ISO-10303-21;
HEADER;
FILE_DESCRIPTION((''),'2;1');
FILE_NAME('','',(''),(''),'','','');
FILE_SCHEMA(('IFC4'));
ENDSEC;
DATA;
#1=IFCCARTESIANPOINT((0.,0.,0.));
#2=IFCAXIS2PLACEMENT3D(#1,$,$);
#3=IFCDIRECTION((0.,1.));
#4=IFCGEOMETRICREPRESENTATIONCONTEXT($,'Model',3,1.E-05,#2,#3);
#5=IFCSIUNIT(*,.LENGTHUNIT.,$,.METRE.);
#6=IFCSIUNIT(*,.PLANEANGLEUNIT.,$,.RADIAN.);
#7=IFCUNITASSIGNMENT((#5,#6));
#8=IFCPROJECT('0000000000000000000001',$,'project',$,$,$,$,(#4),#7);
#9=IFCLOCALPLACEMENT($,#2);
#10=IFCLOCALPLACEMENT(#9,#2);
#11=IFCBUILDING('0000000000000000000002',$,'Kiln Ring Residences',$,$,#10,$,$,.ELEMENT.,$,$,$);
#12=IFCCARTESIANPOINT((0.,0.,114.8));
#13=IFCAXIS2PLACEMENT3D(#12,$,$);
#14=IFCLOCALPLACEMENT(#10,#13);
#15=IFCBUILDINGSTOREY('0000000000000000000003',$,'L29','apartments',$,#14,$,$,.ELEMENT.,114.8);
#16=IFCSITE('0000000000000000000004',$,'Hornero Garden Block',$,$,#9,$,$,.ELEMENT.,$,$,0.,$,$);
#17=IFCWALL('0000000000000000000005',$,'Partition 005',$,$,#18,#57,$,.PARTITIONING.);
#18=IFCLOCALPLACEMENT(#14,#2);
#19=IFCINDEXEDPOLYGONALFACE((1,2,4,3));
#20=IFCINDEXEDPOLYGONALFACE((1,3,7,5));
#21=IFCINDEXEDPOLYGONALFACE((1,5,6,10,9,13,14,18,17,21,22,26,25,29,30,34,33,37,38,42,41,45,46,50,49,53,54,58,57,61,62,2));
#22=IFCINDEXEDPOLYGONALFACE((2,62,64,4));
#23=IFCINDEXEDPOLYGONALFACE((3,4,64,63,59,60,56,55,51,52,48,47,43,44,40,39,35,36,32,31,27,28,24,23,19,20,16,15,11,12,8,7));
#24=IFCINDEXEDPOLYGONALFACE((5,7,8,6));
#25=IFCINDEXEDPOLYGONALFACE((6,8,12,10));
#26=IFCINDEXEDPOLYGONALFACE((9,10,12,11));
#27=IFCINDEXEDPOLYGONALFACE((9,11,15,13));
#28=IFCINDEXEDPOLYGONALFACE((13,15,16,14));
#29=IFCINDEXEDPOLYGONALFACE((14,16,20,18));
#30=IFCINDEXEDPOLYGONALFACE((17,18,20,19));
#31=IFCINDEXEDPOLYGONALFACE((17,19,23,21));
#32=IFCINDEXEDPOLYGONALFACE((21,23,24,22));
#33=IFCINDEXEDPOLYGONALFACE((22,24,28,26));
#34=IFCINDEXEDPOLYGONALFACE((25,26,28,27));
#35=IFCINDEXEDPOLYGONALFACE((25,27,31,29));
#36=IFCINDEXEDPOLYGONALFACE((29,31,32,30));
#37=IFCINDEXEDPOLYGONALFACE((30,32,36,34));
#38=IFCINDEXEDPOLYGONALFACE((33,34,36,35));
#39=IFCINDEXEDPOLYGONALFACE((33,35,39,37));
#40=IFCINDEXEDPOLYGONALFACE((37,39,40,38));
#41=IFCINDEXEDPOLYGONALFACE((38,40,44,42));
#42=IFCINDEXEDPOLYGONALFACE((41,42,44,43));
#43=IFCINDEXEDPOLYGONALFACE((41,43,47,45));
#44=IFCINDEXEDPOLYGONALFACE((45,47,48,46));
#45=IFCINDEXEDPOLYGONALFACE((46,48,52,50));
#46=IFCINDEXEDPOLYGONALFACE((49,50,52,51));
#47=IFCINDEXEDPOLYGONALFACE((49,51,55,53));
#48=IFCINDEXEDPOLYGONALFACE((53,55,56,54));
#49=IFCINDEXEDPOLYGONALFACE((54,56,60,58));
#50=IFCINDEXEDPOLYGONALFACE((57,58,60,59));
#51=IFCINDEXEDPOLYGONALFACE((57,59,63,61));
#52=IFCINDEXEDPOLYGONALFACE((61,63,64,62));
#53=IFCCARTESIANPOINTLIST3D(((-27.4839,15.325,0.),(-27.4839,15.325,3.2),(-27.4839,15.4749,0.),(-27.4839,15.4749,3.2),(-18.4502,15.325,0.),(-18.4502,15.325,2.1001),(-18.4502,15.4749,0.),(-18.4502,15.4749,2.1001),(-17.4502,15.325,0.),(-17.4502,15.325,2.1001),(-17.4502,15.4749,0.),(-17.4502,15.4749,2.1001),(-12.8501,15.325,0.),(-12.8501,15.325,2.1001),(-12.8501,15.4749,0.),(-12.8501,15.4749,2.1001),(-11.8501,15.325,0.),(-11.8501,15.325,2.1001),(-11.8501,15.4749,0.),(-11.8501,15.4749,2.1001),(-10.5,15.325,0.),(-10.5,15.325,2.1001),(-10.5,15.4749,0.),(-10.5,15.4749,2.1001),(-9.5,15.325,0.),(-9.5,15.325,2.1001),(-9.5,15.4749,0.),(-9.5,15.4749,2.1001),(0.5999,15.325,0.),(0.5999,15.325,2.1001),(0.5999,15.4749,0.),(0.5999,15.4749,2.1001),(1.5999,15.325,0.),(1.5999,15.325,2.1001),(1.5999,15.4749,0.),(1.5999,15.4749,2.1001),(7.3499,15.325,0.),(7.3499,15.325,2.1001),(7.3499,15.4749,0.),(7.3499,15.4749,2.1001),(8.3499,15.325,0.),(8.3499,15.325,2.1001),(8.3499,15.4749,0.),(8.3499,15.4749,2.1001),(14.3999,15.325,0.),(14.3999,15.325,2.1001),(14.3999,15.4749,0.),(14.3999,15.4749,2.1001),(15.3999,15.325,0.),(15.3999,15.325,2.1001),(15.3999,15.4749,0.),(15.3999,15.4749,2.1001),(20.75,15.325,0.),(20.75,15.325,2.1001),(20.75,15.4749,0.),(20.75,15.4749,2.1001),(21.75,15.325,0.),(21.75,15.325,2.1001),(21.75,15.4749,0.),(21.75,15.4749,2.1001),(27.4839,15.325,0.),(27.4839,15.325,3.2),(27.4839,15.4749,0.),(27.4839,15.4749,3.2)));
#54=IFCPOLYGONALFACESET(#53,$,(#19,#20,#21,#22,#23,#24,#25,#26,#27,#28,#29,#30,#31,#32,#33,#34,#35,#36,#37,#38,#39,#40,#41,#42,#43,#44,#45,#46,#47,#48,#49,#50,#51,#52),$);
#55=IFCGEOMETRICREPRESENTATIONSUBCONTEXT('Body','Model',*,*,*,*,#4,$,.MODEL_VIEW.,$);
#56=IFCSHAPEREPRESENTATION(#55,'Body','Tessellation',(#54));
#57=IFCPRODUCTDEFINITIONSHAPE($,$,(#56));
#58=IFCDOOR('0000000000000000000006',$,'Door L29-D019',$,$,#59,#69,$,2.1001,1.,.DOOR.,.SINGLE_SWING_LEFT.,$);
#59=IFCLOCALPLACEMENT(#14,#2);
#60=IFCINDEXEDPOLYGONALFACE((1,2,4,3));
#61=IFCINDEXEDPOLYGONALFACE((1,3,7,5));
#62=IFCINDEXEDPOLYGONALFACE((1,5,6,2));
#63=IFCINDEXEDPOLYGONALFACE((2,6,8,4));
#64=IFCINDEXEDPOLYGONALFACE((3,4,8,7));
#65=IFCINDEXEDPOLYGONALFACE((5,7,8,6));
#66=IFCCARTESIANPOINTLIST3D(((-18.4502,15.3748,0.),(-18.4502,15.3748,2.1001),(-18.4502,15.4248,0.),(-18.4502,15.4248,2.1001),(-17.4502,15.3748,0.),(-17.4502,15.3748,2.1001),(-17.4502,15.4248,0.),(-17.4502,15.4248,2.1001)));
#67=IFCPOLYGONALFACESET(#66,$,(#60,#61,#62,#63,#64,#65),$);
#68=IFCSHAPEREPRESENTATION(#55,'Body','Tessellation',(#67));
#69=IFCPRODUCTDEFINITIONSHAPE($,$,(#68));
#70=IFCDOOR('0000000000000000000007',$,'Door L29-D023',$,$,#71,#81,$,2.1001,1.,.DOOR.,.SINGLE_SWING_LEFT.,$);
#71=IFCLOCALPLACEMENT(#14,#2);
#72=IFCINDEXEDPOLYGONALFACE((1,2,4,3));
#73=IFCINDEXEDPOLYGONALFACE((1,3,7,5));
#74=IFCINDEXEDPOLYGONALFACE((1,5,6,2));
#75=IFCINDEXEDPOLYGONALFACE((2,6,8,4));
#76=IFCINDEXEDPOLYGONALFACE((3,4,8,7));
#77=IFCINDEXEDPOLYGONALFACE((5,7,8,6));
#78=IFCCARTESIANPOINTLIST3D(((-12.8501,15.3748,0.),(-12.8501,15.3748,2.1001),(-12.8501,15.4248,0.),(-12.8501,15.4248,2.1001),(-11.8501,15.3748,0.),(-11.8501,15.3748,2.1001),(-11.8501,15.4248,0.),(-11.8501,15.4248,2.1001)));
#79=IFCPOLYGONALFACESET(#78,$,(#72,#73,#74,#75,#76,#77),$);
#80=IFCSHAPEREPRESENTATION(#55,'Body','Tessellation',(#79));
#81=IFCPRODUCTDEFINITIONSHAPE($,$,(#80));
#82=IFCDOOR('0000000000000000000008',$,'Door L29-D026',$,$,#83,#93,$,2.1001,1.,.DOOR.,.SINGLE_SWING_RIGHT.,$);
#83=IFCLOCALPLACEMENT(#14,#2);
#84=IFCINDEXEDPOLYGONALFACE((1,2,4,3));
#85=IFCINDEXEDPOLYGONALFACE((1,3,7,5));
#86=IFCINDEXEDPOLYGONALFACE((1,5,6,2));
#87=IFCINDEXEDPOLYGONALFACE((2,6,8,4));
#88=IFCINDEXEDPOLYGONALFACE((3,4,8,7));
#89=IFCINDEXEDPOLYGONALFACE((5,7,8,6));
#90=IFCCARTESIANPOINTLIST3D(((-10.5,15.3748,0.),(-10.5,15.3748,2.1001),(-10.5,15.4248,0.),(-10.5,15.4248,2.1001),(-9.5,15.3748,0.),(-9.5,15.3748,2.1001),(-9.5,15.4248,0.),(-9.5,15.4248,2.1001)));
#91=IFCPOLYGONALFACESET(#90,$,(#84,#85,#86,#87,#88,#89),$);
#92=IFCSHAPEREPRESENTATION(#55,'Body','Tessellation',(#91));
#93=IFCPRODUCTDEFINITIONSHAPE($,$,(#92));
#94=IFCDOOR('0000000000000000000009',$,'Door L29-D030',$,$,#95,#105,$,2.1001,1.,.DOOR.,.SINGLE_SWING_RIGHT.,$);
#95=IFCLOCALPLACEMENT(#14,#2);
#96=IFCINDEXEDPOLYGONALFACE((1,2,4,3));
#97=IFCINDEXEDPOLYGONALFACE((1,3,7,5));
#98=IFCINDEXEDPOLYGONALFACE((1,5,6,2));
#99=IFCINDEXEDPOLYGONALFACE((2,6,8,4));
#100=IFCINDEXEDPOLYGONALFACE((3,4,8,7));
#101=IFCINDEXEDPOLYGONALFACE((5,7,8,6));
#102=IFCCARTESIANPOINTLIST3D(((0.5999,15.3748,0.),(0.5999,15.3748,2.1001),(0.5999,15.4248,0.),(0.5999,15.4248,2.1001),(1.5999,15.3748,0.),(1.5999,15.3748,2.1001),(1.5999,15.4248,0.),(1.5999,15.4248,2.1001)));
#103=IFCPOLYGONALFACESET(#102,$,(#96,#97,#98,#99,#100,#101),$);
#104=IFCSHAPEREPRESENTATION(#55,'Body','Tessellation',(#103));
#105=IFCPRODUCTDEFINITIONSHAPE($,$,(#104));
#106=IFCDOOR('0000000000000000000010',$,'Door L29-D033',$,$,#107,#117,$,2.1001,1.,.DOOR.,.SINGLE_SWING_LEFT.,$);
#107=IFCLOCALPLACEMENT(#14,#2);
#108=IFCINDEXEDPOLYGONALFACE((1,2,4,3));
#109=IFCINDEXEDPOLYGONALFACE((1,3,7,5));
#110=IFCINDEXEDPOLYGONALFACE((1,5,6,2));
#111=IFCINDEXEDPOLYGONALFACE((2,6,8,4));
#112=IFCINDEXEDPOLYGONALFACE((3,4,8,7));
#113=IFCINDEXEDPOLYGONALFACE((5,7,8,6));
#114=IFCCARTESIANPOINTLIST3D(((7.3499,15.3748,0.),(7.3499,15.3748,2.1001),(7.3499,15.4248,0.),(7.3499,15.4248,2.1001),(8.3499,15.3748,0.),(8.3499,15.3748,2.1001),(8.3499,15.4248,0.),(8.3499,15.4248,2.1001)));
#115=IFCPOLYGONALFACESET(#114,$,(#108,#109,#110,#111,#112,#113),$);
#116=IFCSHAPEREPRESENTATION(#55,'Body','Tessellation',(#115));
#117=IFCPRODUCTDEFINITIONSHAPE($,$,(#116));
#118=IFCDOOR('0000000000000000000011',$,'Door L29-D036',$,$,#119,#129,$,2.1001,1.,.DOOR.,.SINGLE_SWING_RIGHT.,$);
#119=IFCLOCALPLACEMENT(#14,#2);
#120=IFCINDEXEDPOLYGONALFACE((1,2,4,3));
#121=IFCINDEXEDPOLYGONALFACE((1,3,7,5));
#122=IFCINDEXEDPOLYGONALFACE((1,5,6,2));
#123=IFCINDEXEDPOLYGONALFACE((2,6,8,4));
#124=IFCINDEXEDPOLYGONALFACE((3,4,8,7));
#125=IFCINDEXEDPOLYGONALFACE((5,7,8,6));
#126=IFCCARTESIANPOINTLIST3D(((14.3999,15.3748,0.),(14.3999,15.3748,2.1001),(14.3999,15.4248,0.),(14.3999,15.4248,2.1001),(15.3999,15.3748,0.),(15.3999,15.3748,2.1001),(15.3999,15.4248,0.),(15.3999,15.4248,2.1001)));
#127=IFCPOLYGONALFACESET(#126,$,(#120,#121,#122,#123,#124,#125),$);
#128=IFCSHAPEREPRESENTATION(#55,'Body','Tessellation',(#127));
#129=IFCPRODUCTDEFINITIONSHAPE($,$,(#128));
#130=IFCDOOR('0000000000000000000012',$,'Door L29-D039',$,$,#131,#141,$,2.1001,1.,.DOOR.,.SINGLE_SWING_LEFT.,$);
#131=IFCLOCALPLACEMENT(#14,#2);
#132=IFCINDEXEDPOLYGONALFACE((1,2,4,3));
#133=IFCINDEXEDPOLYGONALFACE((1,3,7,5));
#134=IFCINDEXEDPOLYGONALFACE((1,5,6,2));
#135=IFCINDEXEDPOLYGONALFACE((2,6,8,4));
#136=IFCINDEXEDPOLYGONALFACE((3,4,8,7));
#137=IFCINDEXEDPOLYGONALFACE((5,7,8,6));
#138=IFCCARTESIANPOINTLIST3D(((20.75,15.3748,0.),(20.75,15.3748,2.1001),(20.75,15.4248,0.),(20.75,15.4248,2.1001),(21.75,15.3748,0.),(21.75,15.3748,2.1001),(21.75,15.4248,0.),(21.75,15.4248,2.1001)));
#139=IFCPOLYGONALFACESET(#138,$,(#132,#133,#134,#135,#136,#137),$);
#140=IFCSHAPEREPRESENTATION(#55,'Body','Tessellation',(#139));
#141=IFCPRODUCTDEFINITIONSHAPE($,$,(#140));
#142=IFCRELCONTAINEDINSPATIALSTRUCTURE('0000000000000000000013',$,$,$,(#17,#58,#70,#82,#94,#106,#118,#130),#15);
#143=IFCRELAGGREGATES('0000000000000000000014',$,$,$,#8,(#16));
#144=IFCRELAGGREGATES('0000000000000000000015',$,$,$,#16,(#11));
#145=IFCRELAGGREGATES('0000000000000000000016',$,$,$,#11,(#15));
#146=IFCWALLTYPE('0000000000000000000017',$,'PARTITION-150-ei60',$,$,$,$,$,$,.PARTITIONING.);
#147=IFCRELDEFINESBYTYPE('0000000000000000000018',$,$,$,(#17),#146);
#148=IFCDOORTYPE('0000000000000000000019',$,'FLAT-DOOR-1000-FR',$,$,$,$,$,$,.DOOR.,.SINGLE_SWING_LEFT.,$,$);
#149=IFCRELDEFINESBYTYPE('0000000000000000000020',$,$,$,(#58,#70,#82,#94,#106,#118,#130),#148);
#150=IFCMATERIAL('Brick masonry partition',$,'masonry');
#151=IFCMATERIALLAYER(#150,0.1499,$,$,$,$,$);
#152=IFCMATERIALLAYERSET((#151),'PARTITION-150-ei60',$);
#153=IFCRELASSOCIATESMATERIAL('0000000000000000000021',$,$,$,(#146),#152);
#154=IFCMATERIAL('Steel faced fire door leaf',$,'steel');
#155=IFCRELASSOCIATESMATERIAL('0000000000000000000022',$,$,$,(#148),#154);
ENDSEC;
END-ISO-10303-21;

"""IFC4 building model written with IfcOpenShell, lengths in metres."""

from ifc_helpers import new_model, si_unit, direction, frame, frame_2d, origin, place, context, subcontext, project, spatial, rectangle, extrude, material, layer, layer_set, type_object, element, fill, save


model = new_model("IFC4")

# Units and contexts
model_context = context("Model", 3, precision=1e-05, world=origin(), true_north=direction((0.0, 1.0)))
body_context = subcontext(model_context, "Body", "Model", "MODEL_VIEW")
ifc_project = project(units=[si_unit("LENGTHUNIT", "METRE"), si_unit("PLANEANGLEUNIT", "RADIAN")], contexts=[model_context])

# Site, building, storey
site_placement = place(None, origin())
site = spatial("IfcSite", under=ifc_project, at=site_placement, Name="Hornero Garden Block", CompositionType="ELEMENT", RefElevation=0.0)
building_placement = place(site_placement, origin())
building = spatial("IfcBuilding", under=site, at=building_placement, Name="Kiln Ring Residences", CompositionType="ELEMENT")
storey_placement = place(building_placement, frame((0.0, 0.0, 114.8)))
storey = spatial("IfcBuildingStorey", under=building, at=storey_placement, Name="L29", Description="apartments", CompositionType="ELEMENT", Elevation=114.8)

# Wall, openings, doors
ifc_material_1 = material(Name="Brick masonry partition", Category="masonry")
ifc_layer_1 = layer(ifc_material_1, 0.1499)
ifc_layer_set_1 = layer_set([ifc_layer_1], Name="PARTITION-150-ei60")
wall_type_1 = type_object("IfcWallType", Name="PARTITION-150-ei60", PredefinedType="PARTITIONING", material=ifc_layer_set_1)
wall_1_placement = place(storey_placement, frame((-27.4839, 15.3999, 0.0), z_axis=(0.0, 0.0, 1.0), x_axis=(1.0, 0.0, 0.0)))
wall_1 = element("IfcWall", 1, at=wall_1_placement, inside=storey, type_object=wall_type_1, Name="Partition 005", PredefinedType="PARTITIONING", context=body_context, shape_type="SweptSolid", body=[
    extrude(rectangle(XDim=54.9678, YDim=0.1499, at=frame_2d((27.4839, 0.0))), origin(), (0.0, 0.0, 1.0), 3.2),
])
opening_1_placement = place(wall_1_placement, frame((9.0337, 0.0, 0.0)))
opening_1 = element("IfcOpeningElement", 2, at=opening_1_placement, cuts=wall_1, PredefinedType="OPENING", context=body_context, shape_type="SweptSolid", body=[
    extrude(rectangle(XDim=1.0, YDim=2.1001, at=frame_2d((0.5, 1.05))), frame((0.0, 0.085, 0.0), z_axis=(0.0, -1.0, 0.0), x_axis=(1.0, 0.0, 0.0)), (0.0, 0.0, 1.0), 0.1699),
])
opening_2_placement = place(wall_1_placement, frame((14.6338, 0.0, 0.0)))
opening_2 = element("IfcOpeningElement", 3, at=opening_2_placement, cuts=wall_1, PredefinedType="OPENING", context=body_context, shape_type="SweptSolid", body=[
    extrude(rectangle(XDim=1.0, YDim=2.1001, at=frame_2d((0.5, 1.05))), frame((0.0, 0.085, 0.0), z_axis=(0.0, -1.0, 0.0), x_axis=(1.0, 0.0, 0.0)), (0.0, 0.0, 1.0), 0.1699),
])
opening_3_placement = place(wall_1_placement, frame((16.9839, 0.0, 0.0)))
opening_3 = element("IfcOpeningElement", 4, at=opening_3_placement, cuts=wall_1, PredefinedType="OPENING", context=body_context, shape_type="SweptSolid", body=[
    extrude(rectangle(XDim=1.0, YDim=2.1001, at=frame_2d((0.5, 1.05))), frame((0.0, 0.085, 0.0), z_axis=(0.0, -1.0, 0.0), x_axis=(1.0, 0.0, 0.0)), (0.0, 0.0, 1.0), 0.1699),
])
opening_4_placement = place(wall_1_placement, frame((28.0837, 0.0, 0.0)))
opening_4 = element("IfcOpeningElement", 5, at=opening_4_placement, cuts=wall_1, PredefinedType="OPENING", context=body_context, shape_type="SweptSolid", body=[
    extrude(rectangle(XDim=1.0, YDim=2.1001, at=frame_2d((0.5, 1.05))), frame((0.0, 0.085, 0.0), z_axis=(0.0, -1.0, 0.0), x_axis=(1.0, 0.0, 0.0)), (0.0, 0.0, 1.0), 0.1699),
])
opening_5_placement = place(wall_1_placement, frame((34.8337, 0.0, 0.0)))
opening_5 = element("IfcOpeningElement", 6, at=opening_5_placement, cuts=wall_1, PredefinedType="OPENING", context=body_context, shape_type="SweptSolid", body=[
    extrude(rectangle(XDim=1.0, YDim=2.1001, at=frame_2d((0.5, 1.05))), frame((0.0, 0.085, 0.0), z_axis=(0.0, -1.0, 0.0), x_axis=(1.0, 0.0, 0.0)), (0.0, 0.0, 1.0), 0.1699),
])
opening_6_placement = place(wall_1_placement, frame((41.8838, 0.0, 0.0)))
opening_6 = element("IfcOpeningElement", 7, at=opening_6_placement, cuts=wall_1, PredefinedType="OPENING", context=body_context, shape_type="SweptSolid", body=[
    extrude(rectangle(XDim=1.0, YDim=2.1001, at=frame_2d((0.5, 1.05))), frame((0.0, 0.085, 0.0), z_axis=(0.0, -1.0, 0.0), x_axis=(1.0, 0.0, 0.0)), (0.0, 0.0, 1.0), 0.1699),
])
opening_7_placement = place(wall_1_placement, frame((48.2339, 0.0, 0.0)))
opening_7 = element("IfcOpeningElement", 8, at=opening_7_placement, cuts=wall_1, PredefinedType="OPENING", context=body_context, shape_type="SweptSolid", body=[
    extrude(rectangle(XDim=1.0, YDim=2.1001, at=frame_2d((0.5, 1.05))), frame((0.0, 0.085, 0.0), z_axis=(0.0, -1.0, 0.0), x_axis=(1.0, 0.0, 0.0)), (0.0, 0.0, 1.0), 0.1699),
])
ifc_material_2 = material(Name="Steel faced fire door leaf", Category="steel")
door_type = type_object("IfcDoorType", Name="FLAT-DOOR-1000-FR", OperationType="SINGLE_SWING_LEFT", PredefinedType="DOOR", material=ifc_material_2)
door_1_placement = place(opening_1_placement, origin())
door_1 = element("IfcDoor", 9, at=door_1_placement, inside=storey, type_object=door_type, Name="Door L29-D019", OperationType="SINGLE_SWING_LEFT", OverallHeight=2.1001, OverallWidth=1.0, PredefinedType="DOOR", context=body_context, shape_type="SweptSolid", body=[
    extrude(rectangle(XDim=1.0, YDim=2.1001, at=frame_2d((0.5, 1.05))), frame((0.0, 0.0249, 0.0), z_axis=(0.0, -1.0, 0.0), x_axis=(1.0, 0.0, 0.0)), (0.0, 0.0, 1.0), 0.05),
])
fill(opening_1, door_1)
door_2_placement = place(opening_2_placement, origin())
door_2 = element("IfcDoor", 10, at=door_2_placement, inside=storey, type_object=door_type, Name="Door L29-D023", OperationType="SINGLE_SWING_LEFT", OverallHeight=2.1001, OverallWidth=1.0, PredefinedType="DOOR", context=body_context, shape_type="SweptSolid", body=[
    extrude(rectangle(XDim=1.0, YDim=2.1001, at=frame_2d((0.5, 1.05))), frame((0.0, 0.0249, 0.0), z_axis=(0.0, -1.0, 0.0), x_axis=(1.0, 0.0, 0.0)), (0.0, 0.0, 1.0), 0.05),
])
fill(opening_2, door_2)
door_3_placement = place(opening_3_placement, origin())
door_3 = element("IfcDoor", 11, at=door_3_placement, inside=storey, type_object=door_type, Name="Door L29-D026", OperationType="SINGLE_SWING_RIGHT", OverallHeight=2.1001, OverallWidth=1.0, PredefinedType="DOOR", context=body_context, shape_type="SweptSolid", body=[
    extrude(rectangle(XDim=1.0, YDim=2.1001, at=frame_2d((0.5, 1.05))), frame((0.0, 0.0249, 0.0), z_axis=(0.0, -1.0, 0.0), x_axis=(1.0, 0.0, 0.0)), (0.0, 0.0, 1.0), 0.05),
])
fill(opening_3, door_3)
door_4_placement = place(opening_4_placement, origin())
door_4 = element("IfcDoor", 12, at=door_4_placement, inside=storey, type_object=door_type, Name="Door L29-D030", OperationType="SINGLE_SWING_RIGHT", OverallHeight=2.1001, OverallWidth=1.0, PredefinedType="DOOR", context=body_context, shape_type="SweptSolid", body=[
    extrude(rectangle(XDim=1.0, YDim=2.1001, at=frame_2d((0.5, 1.05))), frame((0.0, 0.0249, 0.0), z_axis=(0.0, -1.0, 0.0), x_axis=(1.0, 0.0, 0.0)), (0.0, 0.0, 1.0), 0.05),
])
fill(opening_4, door_4)
door_5_placement = place(opening_5_placement, origin())
door_5 = element("IfcDoor", 13, at=door_5_placement, inside=storey, type_object=door_type, Name="Door L29-D033", OperationType="SINGLE_SWING_LEFT", OverallHeight=2.1001, OverallWidth=1.0, PredefinedType="DOOR", context=body_context, shape_type="SweptSolid", body=[
    extrude(rectangle(XDim=1.0, YDim=2.1001, at=frame_2d((0.5, 1.05))), frame((0.0, 0.0249, 0.0), z_axis=(0.0, -1.0, 0.0), x_axis=(1.0, 0.0, 0.0)), (0.0, 0.0, 1.0), 0.05),
])
fill(opening_5, door_5)
door_6_placement = place(opening_6_placement, origin())
door_6 = element("IfcDoor", 14, at=door_6_placement, inside=storey, type_object=door_type, Name="Door L29-D036", OperationType="SINGLE_SWING_RIGHT", OverallHeight=2.1001, OverallWidth=1.0, PredefinedType="DOOR", context=body_context, shape_type="SweptSolid", body=[
    extrude(rectangle(XDim=1.0, YDim=2.1001, at=frame_2d((0.5, 1.05))), frame((0.0, 0.0249, 0.0), z_axis=(0.0, -1.0, 0.0), x_axis=(1.0, 0.0, 0.0)), (0.0, 0.0, 1.0), 0.05),
])
fill(opening_6, door_6)
door_7_placement = place(opening_7_placement, origin())
door_7 = element("IfcDoor", 15, at=door_7_placement, inside=storey, type_object=door_type, Name="Door L29-D039", OperationType="SINGLE_SWING_LEFT", OverallHeight=2.1001, OverallWidth=1.0, PredefinedType="DOOR", context=body_context, shape_type="SweptSolid", body=[
    extrude(rectangle(XDim=1.0, YDim=2.1001, at=frame_2d((0.5, 1.05))), frame((0.0, 0.0249, 0.0), z_axis=(0.0, -1.0, 0.0), x_axis=(1.0, 0.0, 0.0)), (0.0, 0.0, 1.0), 0.05),
])
fill(opening_7, door_7)

save(model, "model.ifc")
